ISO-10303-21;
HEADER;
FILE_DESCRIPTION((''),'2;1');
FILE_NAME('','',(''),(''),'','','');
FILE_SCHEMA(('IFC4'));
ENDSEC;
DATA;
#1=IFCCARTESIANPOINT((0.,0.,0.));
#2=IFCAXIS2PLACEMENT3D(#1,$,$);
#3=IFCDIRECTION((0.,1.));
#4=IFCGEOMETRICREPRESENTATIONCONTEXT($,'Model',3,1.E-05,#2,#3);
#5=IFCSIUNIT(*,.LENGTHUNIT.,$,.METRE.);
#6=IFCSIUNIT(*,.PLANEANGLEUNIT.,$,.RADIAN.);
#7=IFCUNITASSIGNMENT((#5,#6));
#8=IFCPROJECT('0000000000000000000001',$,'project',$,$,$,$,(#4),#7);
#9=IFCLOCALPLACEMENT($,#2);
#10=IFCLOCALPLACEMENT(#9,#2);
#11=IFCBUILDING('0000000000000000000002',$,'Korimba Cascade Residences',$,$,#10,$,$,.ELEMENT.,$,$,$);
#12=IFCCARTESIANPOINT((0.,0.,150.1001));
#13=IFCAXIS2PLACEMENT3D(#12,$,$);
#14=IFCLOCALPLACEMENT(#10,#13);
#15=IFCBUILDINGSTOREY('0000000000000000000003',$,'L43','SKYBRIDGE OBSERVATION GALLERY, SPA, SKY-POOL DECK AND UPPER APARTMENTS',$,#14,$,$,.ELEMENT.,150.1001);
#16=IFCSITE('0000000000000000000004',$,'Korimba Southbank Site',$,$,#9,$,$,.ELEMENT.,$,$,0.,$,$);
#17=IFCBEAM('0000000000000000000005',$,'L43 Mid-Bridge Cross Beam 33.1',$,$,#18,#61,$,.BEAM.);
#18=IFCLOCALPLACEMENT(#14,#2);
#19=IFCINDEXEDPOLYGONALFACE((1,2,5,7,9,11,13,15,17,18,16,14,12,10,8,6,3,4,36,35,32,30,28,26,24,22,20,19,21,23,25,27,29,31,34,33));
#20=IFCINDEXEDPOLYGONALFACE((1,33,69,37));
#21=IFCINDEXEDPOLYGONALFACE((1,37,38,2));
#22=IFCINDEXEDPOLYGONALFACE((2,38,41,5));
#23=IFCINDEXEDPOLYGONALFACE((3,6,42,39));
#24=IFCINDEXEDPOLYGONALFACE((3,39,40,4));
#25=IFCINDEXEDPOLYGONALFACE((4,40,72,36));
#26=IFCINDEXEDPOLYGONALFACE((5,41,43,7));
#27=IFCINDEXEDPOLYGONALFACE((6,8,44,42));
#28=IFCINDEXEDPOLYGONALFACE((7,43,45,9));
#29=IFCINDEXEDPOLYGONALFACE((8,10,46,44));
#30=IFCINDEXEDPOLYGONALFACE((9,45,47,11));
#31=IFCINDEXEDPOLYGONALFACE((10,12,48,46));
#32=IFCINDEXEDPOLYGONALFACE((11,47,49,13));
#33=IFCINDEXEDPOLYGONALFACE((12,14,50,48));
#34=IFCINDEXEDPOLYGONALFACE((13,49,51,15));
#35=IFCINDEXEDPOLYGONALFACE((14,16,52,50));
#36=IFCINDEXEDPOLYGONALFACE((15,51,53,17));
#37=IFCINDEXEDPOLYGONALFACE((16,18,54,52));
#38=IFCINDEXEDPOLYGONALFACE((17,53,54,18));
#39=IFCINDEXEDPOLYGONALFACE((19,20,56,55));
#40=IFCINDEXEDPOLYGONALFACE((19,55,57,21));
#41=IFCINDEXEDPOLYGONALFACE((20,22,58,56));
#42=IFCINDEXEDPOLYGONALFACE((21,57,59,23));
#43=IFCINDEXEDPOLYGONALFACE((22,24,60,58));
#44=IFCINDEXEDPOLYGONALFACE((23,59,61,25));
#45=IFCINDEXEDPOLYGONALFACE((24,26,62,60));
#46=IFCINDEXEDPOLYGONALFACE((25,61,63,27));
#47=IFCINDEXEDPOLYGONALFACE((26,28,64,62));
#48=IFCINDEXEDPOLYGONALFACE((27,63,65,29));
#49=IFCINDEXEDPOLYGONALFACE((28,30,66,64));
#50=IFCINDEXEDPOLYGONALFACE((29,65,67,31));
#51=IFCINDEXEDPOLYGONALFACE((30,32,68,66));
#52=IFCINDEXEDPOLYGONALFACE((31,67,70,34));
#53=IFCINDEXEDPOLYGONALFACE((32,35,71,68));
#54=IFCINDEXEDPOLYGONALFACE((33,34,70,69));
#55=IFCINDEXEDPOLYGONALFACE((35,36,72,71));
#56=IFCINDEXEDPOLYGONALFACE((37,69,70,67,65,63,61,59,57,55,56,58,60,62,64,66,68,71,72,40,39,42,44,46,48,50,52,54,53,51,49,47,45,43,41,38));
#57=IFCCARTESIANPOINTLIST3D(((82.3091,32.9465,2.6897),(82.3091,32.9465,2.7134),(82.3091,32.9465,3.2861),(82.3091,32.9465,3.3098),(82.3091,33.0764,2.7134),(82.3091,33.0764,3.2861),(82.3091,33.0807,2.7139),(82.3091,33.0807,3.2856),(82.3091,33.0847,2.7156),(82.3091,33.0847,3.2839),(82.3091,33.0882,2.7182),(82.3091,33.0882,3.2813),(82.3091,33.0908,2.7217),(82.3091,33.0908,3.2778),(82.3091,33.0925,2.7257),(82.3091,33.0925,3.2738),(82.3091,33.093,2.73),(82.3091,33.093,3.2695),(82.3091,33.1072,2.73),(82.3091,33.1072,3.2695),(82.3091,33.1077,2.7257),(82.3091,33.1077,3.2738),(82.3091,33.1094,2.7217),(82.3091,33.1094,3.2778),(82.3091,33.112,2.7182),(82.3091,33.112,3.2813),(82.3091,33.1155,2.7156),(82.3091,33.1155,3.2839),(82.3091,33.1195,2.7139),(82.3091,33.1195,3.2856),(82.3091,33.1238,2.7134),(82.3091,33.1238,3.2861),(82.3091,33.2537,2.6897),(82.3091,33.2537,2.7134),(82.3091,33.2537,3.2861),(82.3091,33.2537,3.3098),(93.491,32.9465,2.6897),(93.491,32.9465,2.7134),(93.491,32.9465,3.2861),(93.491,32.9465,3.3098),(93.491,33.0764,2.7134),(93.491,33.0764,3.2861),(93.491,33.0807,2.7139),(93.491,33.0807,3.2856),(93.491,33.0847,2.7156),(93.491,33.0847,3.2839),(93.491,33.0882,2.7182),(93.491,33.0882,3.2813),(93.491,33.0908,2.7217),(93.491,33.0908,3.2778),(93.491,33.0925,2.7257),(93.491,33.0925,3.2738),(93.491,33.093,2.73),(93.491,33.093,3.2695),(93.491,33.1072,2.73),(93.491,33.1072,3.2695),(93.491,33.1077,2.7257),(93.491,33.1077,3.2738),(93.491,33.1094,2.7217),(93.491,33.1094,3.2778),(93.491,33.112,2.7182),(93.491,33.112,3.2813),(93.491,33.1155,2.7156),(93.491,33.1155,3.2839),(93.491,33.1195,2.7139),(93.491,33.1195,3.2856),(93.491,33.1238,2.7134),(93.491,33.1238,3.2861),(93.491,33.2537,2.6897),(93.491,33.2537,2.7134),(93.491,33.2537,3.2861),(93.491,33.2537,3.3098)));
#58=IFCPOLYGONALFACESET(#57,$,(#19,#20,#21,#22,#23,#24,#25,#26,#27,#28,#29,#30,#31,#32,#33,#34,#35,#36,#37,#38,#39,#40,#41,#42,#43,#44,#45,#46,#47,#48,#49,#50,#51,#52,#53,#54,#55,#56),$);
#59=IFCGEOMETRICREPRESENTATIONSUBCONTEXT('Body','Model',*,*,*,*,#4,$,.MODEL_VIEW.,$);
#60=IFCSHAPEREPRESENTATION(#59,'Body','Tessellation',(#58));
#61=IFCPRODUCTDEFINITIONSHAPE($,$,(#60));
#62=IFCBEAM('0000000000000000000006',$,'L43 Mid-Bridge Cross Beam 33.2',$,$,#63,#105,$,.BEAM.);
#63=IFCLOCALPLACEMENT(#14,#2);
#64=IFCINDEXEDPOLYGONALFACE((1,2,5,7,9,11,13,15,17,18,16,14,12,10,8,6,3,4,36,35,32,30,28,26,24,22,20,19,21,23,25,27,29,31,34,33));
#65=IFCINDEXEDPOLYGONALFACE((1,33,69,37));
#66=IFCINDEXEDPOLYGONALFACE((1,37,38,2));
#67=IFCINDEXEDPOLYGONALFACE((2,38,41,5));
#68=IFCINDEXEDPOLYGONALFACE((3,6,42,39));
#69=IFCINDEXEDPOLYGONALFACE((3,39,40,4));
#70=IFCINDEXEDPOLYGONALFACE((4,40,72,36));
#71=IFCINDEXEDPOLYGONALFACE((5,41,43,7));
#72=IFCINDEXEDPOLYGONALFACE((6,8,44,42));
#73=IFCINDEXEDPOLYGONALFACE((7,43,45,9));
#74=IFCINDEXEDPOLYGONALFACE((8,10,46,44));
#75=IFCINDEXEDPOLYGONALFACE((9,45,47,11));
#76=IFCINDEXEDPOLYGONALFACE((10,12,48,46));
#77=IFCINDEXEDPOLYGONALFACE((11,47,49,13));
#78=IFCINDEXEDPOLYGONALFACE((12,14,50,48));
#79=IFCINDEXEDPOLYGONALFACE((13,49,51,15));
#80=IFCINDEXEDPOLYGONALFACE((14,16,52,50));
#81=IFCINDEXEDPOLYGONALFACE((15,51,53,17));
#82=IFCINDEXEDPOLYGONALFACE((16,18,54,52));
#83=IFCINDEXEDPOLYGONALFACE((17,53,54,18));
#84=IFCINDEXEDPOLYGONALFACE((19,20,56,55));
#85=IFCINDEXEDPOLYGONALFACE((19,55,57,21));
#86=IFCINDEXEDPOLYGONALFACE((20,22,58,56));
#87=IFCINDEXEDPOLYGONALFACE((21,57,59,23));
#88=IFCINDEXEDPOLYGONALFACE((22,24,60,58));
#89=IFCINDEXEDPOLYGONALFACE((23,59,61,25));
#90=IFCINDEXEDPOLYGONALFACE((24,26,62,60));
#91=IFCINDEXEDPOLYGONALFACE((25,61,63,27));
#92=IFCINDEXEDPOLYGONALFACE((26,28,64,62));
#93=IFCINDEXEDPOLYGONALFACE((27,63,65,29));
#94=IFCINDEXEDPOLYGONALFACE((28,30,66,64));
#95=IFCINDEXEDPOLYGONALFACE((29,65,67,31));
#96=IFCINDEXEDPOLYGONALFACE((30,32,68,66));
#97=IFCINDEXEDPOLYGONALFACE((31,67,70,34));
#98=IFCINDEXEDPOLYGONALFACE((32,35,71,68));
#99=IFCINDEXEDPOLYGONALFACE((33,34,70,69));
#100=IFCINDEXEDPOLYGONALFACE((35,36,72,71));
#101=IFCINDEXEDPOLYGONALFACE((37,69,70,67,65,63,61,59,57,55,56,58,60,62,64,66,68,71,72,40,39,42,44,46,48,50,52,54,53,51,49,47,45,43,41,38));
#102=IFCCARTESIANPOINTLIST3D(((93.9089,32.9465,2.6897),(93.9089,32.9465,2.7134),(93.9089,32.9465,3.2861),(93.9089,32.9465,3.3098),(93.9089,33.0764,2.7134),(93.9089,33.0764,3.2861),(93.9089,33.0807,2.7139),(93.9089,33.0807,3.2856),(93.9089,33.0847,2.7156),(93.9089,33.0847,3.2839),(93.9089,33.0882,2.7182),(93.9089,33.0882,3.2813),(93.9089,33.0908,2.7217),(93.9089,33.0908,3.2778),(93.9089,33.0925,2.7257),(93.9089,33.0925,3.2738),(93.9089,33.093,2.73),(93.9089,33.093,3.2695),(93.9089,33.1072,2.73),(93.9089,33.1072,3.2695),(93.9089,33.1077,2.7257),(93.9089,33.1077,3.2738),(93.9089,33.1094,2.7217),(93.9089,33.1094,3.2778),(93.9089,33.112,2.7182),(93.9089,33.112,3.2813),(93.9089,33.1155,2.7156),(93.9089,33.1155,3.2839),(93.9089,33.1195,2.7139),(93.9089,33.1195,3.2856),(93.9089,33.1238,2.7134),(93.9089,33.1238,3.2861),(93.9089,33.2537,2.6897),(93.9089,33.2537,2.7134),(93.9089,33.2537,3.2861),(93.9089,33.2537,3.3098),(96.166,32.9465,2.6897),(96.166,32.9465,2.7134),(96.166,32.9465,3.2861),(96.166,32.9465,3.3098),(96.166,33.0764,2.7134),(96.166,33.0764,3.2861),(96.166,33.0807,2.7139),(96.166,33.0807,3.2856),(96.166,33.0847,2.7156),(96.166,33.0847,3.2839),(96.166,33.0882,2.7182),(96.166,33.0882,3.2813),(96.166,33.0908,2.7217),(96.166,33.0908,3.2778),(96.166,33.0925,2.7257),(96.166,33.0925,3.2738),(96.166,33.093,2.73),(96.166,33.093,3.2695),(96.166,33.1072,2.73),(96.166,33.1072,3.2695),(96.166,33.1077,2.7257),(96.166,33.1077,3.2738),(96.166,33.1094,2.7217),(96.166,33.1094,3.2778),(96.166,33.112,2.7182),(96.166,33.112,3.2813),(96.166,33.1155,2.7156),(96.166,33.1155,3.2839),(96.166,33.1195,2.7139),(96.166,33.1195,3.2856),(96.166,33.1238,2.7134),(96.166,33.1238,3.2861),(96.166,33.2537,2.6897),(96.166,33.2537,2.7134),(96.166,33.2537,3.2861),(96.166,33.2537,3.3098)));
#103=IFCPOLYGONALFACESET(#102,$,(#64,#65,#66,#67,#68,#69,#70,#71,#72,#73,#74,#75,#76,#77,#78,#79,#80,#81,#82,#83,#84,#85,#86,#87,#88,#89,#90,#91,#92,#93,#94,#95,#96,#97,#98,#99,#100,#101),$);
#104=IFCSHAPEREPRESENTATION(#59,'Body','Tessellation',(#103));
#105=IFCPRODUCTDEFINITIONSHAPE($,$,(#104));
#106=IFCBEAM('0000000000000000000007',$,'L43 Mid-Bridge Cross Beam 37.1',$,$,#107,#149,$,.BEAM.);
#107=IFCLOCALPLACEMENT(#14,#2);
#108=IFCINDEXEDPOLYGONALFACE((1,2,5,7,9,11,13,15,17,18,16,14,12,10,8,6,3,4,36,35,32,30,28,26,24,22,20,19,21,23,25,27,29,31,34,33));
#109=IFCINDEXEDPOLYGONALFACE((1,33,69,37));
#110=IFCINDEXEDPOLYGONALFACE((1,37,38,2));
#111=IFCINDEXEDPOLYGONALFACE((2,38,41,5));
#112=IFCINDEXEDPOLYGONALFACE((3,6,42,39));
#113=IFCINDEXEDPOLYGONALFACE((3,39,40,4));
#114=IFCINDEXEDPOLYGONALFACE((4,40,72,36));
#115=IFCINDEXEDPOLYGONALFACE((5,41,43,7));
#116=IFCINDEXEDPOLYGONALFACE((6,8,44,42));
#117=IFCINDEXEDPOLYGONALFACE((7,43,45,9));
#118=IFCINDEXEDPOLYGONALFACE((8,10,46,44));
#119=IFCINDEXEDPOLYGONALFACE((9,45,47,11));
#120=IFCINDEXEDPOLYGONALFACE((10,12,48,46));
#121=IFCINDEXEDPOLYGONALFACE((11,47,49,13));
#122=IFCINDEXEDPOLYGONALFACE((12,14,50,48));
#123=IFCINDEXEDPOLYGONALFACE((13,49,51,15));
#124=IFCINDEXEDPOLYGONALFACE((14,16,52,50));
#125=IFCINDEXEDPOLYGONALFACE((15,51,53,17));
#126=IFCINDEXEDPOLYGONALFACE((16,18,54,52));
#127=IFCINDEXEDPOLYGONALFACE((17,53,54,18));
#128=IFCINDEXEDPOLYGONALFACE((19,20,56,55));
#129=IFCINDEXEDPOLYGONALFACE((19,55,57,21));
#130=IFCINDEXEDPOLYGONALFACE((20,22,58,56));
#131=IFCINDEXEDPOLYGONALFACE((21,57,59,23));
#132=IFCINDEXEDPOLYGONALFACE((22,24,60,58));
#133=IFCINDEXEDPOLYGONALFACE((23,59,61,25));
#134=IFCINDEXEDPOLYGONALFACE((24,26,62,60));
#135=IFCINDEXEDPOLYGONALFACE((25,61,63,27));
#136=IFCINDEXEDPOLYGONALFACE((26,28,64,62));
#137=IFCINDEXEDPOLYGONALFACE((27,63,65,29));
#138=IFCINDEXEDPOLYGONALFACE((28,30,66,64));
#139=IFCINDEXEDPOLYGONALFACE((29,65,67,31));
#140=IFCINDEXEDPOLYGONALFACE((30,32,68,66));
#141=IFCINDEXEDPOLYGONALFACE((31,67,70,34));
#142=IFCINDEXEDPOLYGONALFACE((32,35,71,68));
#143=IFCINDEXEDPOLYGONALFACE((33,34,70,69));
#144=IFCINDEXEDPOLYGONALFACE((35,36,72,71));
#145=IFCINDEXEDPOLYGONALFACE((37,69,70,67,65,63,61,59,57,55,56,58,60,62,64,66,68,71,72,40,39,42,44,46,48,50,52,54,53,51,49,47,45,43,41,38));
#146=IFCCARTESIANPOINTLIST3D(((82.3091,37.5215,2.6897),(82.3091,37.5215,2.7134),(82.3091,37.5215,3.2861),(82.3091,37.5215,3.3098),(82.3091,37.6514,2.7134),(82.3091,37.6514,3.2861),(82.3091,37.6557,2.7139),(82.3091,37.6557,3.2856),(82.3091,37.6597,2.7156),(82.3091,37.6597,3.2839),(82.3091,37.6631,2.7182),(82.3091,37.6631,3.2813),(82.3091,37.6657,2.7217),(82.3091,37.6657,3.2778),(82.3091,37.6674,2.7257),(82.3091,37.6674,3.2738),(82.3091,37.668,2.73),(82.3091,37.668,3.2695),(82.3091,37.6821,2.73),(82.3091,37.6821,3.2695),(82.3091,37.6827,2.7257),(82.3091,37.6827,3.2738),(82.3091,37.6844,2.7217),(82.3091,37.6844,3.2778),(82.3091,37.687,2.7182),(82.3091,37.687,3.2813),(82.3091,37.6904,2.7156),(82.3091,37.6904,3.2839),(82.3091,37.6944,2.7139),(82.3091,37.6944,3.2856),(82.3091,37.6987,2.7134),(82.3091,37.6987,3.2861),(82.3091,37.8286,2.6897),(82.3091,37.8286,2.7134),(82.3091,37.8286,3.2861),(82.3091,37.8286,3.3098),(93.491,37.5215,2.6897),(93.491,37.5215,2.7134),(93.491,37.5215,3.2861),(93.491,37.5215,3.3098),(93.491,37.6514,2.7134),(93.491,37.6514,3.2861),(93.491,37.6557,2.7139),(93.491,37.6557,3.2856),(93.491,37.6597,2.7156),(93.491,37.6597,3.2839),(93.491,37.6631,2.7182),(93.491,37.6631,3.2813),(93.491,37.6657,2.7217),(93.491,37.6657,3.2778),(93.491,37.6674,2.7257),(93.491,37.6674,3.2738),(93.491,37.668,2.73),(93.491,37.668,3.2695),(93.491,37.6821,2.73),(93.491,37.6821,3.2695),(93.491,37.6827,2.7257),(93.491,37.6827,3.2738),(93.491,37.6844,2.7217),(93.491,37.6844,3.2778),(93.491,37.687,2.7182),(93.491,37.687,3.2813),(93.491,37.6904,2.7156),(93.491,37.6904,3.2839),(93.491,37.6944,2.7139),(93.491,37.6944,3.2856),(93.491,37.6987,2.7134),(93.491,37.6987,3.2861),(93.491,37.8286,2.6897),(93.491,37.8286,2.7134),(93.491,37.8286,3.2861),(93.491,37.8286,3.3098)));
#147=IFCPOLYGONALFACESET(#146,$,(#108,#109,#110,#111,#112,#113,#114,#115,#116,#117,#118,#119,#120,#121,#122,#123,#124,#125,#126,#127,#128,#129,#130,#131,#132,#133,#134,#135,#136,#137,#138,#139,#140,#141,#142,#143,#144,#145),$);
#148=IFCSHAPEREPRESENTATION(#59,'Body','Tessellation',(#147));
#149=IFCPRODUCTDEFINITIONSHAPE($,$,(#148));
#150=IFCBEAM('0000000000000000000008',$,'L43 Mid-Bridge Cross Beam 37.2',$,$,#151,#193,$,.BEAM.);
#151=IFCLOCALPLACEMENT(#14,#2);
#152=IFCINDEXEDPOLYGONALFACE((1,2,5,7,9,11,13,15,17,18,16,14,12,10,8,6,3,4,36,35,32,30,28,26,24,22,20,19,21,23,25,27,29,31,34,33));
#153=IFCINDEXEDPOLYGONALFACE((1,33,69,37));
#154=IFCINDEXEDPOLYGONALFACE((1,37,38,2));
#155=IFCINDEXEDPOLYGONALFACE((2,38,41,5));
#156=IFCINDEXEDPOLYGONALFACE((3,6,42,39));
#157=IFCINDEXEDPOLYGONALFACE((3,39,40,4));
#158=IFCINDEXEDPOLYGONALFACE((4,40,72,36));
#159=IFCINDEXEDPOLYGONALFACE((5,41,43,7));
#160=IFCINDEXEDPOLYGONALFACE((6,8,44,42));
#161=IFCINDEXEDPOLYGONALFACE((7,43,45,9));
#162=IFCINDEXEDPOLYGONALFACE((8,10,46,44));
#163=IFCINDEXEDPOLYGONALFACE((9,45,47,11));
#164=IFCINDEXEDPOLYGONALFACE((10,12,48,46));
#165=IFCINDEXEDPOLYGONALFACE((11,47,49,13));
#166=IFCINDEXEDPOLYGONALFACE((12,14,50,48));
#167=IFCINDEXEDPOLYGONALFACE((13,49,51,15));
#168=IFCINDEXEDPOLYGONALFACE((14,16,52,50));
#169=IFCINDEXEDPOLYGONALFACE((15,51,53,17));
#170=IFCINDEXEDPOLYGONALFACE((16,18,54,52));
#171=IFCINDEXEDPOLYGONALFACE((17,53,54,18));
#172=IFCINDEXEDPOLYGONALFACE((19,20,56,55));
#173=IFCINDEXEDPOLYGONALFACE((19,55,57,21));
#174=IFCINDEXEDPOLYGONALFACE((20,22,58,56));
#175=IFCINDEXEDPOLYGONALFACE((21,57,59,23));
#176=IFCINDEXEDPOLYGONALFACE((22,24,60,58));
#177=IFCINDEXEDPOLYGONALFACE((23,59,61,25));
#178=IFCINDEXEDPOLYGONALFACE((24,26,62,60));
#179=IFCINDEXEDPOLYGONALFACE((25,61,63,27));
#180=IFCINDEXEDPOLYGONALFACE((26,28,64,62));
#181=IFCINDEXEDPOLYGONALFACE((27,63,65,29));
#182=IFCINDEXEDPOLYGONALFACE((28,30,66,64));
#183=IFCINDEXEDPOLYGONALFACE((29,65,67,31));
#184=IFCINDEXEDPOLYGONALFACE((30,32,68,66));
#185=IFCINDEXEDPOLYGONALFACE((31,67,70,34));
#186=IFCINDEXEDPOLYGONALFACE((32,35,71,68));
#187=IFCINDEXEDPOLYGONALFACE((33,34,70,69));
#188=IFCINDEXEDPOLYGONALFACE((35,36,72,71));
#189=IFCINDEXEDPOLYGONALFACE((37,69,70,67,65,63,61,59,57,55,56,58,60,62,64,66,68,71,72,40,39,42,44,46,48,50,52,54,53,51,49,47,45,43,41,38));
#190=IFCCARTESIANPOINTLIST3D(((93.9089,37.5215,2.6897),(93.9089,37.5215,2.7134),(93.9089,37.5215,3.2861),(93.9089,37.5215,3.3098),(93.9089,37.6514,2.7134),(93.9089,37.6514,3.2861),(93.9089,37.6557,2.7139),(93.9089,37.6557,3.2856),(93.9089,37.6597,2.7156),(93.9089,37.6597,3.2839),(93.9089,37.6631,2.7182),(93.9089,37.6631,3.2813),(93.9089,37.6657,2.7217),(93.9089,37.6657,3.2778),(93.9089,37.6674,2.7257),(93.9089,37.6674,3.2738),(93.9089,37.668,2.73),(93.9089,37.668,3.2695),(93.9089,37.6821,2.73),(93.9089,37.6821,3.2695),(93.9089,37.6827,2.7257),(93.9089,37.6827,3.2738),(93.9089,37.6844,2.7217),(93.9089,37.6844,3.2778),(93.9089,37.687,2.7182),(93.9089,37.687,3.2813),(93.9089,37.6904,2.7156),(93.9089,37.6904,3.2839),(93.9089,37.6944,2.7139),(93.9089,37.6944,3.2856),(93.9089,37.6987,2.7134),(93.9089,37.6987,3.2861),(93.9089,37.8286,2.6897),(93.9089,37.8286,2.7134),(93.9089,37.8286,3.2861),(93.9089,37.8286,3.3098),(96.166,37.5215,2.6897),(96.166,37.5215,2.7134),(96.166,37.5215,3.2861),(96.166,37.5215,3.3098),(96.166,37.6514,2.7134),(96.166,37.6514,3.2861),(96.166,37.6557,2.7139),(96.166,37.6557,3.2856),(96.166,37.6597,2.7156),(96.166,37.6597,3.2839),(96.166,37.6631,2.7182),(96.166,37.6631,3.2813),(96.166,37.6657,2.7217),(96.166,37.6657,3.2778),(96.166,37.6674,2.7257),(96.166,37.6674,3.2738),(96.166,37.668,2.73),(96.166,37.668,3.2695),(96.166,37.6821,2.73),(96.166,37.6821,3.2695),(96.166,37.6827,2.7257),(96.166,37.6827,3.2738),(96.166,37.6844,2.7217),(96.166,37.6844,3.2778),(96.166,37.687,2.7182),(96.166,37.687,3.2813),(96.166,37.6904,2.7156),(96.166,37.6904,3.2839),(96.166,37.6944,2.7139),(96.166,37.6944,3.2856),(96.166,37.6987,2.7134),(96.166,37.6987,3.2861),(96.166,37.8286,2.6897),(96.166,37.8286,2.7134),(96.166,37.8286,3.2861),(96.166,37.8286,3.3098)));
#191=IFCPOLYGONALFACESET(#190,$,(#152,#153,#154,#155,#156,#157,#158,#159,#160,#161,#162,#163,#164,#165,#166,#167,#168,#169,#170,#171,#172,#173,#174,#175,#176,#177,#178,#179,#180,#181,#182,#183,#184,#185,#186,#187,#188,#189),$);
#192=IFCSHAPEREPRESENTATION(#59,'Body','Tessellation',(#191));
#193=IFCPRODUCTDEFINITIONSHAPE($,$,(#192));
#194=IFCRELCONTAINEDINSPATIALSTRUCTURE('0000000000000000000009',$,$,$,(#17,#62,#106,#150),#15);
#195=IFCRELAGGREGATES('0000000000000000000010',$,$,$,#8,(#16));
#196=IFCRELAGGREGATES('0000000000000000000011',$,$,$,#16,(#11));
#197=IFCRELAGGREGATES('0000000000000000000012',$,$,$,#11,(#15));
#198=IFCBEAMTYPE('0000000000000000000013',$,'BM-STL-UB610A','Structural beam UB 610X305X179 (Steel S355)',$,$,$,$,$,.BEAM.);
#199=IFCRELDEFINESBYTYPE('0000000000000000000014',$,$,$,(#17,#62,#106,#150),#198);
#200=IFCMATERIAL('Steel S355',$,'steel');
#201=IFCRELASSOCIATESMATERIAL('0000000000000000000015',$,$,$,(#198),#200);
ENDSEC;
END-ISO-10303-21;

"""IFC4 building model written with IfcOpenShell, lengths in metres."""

from ifc_helpers import new_model, si_unit, direction, frame, origin, origin_2d, place, context, subcontext, project, spatial, i_section, extrude, material, material_profile, profile_set, type_object, element, save


model = new_model("IFC4")

# Units and contexts
model_context = context("Model", 3, precision=1e-05, world=origin(), true_north=direction((0.0, 1.0)))
body_context = subcontext(model_context, "Body", "Model", "MODEL_VIEW")
ifc_project = project(units=[si_unit("LENGTHUNIT", "METRE"), si_unit("PLANEANGLEUNIT", "RADIAN")], contexts=[model_context])

# Site, building, storey
site_placement = place(None, origin())
site = spatial("IfcSite", under=ifc_project, at=site_placement, Name="Korimba Southbank Site", CompositionType="ELEMENT", RefElevation=0.0)
building_placement = place(site_placement, origin())
building = spatial("IfcBuilding", under=site, at=building_placement, Name="Korimba Cascade Residences", CompositionType="ELEMENT")
storey_placement = place(building_placement, frame((0.0, 0.0, 150.1001)))
storey = spatial("IfcBuildingStorey", under=building, at=storey_placement, Name="L43", Description="SKYBRIDGE OBSERVATION GALLERY, SPA, SKY-POOL DECK AND UPPER APARTMENTS", CompositionType="ELEMENT", Elevation=150.1001)

# Beams
ifc_material_1 = material(Name="Steel S355", Category="steel")
ifc_material_profile_1 = material_profile(ifc_material_1, i_section(OverallWidth=0.3071, OverallDepth=0.6201, WebThickness=0.0142, FlangeThickness=0.0237, FilletRadius=0.0166, at=origin_2d()), Name="Steel S355")
ifc_profile_set_1 = profile_set([ifc_material_profile_1], Name="Steel S355")
beam_type = type_object("IfcBeamType", Name="BM-STL-UB610A", Description="Structural beam UB 610X305X179 (Steel S355)", PredefinedType="BEAM", material=ifc_profile_set_1)
beam_1_placement = place(storey_placement, frame((82.3091, 33.1001, 2.9998), z_axis=(1.0, 0.0, 0.0), x_axis=(0.0, 1.0, 0.0)))
element("IfcBeam", 1, at=beam_1_placement, inside=storey, type_object=beam_type, Name="L43 Mid-Bridge Cross Beam 33.1", PredefinedType="BEAM", context=body_context, shape_type="SweptSolid", body=[
    extrude(i_section(OverallWidth=0.3071, OverallDepth=0.6201, WebThickness=0.0142, FlangeThickness=0.0237, FilletRadius=0.0166, at=origin_2d()), origin(), (0.0, 0.0, 1.0), 11.1819),
])
beam_2_placement = place(storey_placement, frame((93.9089, 33.1001, 2.9998), z_axis=(1.0, 0.0, 0.0), x_axis=(0.0, 1.0, 0.0)))
element("IfcBeam", 2, at=beam_2_placement, inside=storey, type_object=beam_type, Name="L43 Mid-Bridge Cross Beam 33.2", PredefinedType="BEAM", context=body_context, shape_type="SweptSolid", body=[
    extrude(i_section(OverallWidth=0.3071, OverallDepth=0.6201, WebThickness=0.0142, FlangeThickness=0.0237, FilletRadius=0.0166, at=origin_2d()), origin(), (0.0, 0.0, 1.0), 2.2571),
])
beam_3_placement = place(storey_placement, frame((82.3091, 37.675, 2.9998), z_axis=(1.0, 0.0, 0.0), x_axis=(0.0, 1.0, 0.0)))
element("IfcBeam", 3, at=beam_3_placement, inside=storey, type_object=beam_type, Name="L43 Mid-Bridge Cross Beam 37.1", PredefinedType="BEAM", context=body_context, shape_type="SweptSolid", body=[
    extrude(i_section(OverallWidth=0.3071, OverallDepth=0.6201, WebThickness=0.0142, FlangeThickness=0.0237, FilletRadius=0.0166, at=origin_2d()), origin(), (0.0, 0.0, 1.0), 11.1819),
])
beam_4_placement = place(storey_placement, frame((93.9089, 37.675, 2.9998), z_axis=(1.0, 0.0, 0.0), x_axis=(0.0, 1.0, 0.0)))
element("IfcBeam", 4, at=beam_4_placement, inside=storey, type_object=beam_type, Name="L43 Mid-Bridge Cross Beam 37.2", PredefinedType="BEAM", context=body_context, shape_type="SweptSolid", body=[
    extrude(i_section(OverallWidth=0.3071, OverallDepth=0.6201, WebThickness=0.0142, FlangeThickness=0.0237, FilletRadius=0.0166, at=origin_2d()), origin(), (0.0, 0.0, 1.0), 2.2571),
])

save(model, "model.ifc")
